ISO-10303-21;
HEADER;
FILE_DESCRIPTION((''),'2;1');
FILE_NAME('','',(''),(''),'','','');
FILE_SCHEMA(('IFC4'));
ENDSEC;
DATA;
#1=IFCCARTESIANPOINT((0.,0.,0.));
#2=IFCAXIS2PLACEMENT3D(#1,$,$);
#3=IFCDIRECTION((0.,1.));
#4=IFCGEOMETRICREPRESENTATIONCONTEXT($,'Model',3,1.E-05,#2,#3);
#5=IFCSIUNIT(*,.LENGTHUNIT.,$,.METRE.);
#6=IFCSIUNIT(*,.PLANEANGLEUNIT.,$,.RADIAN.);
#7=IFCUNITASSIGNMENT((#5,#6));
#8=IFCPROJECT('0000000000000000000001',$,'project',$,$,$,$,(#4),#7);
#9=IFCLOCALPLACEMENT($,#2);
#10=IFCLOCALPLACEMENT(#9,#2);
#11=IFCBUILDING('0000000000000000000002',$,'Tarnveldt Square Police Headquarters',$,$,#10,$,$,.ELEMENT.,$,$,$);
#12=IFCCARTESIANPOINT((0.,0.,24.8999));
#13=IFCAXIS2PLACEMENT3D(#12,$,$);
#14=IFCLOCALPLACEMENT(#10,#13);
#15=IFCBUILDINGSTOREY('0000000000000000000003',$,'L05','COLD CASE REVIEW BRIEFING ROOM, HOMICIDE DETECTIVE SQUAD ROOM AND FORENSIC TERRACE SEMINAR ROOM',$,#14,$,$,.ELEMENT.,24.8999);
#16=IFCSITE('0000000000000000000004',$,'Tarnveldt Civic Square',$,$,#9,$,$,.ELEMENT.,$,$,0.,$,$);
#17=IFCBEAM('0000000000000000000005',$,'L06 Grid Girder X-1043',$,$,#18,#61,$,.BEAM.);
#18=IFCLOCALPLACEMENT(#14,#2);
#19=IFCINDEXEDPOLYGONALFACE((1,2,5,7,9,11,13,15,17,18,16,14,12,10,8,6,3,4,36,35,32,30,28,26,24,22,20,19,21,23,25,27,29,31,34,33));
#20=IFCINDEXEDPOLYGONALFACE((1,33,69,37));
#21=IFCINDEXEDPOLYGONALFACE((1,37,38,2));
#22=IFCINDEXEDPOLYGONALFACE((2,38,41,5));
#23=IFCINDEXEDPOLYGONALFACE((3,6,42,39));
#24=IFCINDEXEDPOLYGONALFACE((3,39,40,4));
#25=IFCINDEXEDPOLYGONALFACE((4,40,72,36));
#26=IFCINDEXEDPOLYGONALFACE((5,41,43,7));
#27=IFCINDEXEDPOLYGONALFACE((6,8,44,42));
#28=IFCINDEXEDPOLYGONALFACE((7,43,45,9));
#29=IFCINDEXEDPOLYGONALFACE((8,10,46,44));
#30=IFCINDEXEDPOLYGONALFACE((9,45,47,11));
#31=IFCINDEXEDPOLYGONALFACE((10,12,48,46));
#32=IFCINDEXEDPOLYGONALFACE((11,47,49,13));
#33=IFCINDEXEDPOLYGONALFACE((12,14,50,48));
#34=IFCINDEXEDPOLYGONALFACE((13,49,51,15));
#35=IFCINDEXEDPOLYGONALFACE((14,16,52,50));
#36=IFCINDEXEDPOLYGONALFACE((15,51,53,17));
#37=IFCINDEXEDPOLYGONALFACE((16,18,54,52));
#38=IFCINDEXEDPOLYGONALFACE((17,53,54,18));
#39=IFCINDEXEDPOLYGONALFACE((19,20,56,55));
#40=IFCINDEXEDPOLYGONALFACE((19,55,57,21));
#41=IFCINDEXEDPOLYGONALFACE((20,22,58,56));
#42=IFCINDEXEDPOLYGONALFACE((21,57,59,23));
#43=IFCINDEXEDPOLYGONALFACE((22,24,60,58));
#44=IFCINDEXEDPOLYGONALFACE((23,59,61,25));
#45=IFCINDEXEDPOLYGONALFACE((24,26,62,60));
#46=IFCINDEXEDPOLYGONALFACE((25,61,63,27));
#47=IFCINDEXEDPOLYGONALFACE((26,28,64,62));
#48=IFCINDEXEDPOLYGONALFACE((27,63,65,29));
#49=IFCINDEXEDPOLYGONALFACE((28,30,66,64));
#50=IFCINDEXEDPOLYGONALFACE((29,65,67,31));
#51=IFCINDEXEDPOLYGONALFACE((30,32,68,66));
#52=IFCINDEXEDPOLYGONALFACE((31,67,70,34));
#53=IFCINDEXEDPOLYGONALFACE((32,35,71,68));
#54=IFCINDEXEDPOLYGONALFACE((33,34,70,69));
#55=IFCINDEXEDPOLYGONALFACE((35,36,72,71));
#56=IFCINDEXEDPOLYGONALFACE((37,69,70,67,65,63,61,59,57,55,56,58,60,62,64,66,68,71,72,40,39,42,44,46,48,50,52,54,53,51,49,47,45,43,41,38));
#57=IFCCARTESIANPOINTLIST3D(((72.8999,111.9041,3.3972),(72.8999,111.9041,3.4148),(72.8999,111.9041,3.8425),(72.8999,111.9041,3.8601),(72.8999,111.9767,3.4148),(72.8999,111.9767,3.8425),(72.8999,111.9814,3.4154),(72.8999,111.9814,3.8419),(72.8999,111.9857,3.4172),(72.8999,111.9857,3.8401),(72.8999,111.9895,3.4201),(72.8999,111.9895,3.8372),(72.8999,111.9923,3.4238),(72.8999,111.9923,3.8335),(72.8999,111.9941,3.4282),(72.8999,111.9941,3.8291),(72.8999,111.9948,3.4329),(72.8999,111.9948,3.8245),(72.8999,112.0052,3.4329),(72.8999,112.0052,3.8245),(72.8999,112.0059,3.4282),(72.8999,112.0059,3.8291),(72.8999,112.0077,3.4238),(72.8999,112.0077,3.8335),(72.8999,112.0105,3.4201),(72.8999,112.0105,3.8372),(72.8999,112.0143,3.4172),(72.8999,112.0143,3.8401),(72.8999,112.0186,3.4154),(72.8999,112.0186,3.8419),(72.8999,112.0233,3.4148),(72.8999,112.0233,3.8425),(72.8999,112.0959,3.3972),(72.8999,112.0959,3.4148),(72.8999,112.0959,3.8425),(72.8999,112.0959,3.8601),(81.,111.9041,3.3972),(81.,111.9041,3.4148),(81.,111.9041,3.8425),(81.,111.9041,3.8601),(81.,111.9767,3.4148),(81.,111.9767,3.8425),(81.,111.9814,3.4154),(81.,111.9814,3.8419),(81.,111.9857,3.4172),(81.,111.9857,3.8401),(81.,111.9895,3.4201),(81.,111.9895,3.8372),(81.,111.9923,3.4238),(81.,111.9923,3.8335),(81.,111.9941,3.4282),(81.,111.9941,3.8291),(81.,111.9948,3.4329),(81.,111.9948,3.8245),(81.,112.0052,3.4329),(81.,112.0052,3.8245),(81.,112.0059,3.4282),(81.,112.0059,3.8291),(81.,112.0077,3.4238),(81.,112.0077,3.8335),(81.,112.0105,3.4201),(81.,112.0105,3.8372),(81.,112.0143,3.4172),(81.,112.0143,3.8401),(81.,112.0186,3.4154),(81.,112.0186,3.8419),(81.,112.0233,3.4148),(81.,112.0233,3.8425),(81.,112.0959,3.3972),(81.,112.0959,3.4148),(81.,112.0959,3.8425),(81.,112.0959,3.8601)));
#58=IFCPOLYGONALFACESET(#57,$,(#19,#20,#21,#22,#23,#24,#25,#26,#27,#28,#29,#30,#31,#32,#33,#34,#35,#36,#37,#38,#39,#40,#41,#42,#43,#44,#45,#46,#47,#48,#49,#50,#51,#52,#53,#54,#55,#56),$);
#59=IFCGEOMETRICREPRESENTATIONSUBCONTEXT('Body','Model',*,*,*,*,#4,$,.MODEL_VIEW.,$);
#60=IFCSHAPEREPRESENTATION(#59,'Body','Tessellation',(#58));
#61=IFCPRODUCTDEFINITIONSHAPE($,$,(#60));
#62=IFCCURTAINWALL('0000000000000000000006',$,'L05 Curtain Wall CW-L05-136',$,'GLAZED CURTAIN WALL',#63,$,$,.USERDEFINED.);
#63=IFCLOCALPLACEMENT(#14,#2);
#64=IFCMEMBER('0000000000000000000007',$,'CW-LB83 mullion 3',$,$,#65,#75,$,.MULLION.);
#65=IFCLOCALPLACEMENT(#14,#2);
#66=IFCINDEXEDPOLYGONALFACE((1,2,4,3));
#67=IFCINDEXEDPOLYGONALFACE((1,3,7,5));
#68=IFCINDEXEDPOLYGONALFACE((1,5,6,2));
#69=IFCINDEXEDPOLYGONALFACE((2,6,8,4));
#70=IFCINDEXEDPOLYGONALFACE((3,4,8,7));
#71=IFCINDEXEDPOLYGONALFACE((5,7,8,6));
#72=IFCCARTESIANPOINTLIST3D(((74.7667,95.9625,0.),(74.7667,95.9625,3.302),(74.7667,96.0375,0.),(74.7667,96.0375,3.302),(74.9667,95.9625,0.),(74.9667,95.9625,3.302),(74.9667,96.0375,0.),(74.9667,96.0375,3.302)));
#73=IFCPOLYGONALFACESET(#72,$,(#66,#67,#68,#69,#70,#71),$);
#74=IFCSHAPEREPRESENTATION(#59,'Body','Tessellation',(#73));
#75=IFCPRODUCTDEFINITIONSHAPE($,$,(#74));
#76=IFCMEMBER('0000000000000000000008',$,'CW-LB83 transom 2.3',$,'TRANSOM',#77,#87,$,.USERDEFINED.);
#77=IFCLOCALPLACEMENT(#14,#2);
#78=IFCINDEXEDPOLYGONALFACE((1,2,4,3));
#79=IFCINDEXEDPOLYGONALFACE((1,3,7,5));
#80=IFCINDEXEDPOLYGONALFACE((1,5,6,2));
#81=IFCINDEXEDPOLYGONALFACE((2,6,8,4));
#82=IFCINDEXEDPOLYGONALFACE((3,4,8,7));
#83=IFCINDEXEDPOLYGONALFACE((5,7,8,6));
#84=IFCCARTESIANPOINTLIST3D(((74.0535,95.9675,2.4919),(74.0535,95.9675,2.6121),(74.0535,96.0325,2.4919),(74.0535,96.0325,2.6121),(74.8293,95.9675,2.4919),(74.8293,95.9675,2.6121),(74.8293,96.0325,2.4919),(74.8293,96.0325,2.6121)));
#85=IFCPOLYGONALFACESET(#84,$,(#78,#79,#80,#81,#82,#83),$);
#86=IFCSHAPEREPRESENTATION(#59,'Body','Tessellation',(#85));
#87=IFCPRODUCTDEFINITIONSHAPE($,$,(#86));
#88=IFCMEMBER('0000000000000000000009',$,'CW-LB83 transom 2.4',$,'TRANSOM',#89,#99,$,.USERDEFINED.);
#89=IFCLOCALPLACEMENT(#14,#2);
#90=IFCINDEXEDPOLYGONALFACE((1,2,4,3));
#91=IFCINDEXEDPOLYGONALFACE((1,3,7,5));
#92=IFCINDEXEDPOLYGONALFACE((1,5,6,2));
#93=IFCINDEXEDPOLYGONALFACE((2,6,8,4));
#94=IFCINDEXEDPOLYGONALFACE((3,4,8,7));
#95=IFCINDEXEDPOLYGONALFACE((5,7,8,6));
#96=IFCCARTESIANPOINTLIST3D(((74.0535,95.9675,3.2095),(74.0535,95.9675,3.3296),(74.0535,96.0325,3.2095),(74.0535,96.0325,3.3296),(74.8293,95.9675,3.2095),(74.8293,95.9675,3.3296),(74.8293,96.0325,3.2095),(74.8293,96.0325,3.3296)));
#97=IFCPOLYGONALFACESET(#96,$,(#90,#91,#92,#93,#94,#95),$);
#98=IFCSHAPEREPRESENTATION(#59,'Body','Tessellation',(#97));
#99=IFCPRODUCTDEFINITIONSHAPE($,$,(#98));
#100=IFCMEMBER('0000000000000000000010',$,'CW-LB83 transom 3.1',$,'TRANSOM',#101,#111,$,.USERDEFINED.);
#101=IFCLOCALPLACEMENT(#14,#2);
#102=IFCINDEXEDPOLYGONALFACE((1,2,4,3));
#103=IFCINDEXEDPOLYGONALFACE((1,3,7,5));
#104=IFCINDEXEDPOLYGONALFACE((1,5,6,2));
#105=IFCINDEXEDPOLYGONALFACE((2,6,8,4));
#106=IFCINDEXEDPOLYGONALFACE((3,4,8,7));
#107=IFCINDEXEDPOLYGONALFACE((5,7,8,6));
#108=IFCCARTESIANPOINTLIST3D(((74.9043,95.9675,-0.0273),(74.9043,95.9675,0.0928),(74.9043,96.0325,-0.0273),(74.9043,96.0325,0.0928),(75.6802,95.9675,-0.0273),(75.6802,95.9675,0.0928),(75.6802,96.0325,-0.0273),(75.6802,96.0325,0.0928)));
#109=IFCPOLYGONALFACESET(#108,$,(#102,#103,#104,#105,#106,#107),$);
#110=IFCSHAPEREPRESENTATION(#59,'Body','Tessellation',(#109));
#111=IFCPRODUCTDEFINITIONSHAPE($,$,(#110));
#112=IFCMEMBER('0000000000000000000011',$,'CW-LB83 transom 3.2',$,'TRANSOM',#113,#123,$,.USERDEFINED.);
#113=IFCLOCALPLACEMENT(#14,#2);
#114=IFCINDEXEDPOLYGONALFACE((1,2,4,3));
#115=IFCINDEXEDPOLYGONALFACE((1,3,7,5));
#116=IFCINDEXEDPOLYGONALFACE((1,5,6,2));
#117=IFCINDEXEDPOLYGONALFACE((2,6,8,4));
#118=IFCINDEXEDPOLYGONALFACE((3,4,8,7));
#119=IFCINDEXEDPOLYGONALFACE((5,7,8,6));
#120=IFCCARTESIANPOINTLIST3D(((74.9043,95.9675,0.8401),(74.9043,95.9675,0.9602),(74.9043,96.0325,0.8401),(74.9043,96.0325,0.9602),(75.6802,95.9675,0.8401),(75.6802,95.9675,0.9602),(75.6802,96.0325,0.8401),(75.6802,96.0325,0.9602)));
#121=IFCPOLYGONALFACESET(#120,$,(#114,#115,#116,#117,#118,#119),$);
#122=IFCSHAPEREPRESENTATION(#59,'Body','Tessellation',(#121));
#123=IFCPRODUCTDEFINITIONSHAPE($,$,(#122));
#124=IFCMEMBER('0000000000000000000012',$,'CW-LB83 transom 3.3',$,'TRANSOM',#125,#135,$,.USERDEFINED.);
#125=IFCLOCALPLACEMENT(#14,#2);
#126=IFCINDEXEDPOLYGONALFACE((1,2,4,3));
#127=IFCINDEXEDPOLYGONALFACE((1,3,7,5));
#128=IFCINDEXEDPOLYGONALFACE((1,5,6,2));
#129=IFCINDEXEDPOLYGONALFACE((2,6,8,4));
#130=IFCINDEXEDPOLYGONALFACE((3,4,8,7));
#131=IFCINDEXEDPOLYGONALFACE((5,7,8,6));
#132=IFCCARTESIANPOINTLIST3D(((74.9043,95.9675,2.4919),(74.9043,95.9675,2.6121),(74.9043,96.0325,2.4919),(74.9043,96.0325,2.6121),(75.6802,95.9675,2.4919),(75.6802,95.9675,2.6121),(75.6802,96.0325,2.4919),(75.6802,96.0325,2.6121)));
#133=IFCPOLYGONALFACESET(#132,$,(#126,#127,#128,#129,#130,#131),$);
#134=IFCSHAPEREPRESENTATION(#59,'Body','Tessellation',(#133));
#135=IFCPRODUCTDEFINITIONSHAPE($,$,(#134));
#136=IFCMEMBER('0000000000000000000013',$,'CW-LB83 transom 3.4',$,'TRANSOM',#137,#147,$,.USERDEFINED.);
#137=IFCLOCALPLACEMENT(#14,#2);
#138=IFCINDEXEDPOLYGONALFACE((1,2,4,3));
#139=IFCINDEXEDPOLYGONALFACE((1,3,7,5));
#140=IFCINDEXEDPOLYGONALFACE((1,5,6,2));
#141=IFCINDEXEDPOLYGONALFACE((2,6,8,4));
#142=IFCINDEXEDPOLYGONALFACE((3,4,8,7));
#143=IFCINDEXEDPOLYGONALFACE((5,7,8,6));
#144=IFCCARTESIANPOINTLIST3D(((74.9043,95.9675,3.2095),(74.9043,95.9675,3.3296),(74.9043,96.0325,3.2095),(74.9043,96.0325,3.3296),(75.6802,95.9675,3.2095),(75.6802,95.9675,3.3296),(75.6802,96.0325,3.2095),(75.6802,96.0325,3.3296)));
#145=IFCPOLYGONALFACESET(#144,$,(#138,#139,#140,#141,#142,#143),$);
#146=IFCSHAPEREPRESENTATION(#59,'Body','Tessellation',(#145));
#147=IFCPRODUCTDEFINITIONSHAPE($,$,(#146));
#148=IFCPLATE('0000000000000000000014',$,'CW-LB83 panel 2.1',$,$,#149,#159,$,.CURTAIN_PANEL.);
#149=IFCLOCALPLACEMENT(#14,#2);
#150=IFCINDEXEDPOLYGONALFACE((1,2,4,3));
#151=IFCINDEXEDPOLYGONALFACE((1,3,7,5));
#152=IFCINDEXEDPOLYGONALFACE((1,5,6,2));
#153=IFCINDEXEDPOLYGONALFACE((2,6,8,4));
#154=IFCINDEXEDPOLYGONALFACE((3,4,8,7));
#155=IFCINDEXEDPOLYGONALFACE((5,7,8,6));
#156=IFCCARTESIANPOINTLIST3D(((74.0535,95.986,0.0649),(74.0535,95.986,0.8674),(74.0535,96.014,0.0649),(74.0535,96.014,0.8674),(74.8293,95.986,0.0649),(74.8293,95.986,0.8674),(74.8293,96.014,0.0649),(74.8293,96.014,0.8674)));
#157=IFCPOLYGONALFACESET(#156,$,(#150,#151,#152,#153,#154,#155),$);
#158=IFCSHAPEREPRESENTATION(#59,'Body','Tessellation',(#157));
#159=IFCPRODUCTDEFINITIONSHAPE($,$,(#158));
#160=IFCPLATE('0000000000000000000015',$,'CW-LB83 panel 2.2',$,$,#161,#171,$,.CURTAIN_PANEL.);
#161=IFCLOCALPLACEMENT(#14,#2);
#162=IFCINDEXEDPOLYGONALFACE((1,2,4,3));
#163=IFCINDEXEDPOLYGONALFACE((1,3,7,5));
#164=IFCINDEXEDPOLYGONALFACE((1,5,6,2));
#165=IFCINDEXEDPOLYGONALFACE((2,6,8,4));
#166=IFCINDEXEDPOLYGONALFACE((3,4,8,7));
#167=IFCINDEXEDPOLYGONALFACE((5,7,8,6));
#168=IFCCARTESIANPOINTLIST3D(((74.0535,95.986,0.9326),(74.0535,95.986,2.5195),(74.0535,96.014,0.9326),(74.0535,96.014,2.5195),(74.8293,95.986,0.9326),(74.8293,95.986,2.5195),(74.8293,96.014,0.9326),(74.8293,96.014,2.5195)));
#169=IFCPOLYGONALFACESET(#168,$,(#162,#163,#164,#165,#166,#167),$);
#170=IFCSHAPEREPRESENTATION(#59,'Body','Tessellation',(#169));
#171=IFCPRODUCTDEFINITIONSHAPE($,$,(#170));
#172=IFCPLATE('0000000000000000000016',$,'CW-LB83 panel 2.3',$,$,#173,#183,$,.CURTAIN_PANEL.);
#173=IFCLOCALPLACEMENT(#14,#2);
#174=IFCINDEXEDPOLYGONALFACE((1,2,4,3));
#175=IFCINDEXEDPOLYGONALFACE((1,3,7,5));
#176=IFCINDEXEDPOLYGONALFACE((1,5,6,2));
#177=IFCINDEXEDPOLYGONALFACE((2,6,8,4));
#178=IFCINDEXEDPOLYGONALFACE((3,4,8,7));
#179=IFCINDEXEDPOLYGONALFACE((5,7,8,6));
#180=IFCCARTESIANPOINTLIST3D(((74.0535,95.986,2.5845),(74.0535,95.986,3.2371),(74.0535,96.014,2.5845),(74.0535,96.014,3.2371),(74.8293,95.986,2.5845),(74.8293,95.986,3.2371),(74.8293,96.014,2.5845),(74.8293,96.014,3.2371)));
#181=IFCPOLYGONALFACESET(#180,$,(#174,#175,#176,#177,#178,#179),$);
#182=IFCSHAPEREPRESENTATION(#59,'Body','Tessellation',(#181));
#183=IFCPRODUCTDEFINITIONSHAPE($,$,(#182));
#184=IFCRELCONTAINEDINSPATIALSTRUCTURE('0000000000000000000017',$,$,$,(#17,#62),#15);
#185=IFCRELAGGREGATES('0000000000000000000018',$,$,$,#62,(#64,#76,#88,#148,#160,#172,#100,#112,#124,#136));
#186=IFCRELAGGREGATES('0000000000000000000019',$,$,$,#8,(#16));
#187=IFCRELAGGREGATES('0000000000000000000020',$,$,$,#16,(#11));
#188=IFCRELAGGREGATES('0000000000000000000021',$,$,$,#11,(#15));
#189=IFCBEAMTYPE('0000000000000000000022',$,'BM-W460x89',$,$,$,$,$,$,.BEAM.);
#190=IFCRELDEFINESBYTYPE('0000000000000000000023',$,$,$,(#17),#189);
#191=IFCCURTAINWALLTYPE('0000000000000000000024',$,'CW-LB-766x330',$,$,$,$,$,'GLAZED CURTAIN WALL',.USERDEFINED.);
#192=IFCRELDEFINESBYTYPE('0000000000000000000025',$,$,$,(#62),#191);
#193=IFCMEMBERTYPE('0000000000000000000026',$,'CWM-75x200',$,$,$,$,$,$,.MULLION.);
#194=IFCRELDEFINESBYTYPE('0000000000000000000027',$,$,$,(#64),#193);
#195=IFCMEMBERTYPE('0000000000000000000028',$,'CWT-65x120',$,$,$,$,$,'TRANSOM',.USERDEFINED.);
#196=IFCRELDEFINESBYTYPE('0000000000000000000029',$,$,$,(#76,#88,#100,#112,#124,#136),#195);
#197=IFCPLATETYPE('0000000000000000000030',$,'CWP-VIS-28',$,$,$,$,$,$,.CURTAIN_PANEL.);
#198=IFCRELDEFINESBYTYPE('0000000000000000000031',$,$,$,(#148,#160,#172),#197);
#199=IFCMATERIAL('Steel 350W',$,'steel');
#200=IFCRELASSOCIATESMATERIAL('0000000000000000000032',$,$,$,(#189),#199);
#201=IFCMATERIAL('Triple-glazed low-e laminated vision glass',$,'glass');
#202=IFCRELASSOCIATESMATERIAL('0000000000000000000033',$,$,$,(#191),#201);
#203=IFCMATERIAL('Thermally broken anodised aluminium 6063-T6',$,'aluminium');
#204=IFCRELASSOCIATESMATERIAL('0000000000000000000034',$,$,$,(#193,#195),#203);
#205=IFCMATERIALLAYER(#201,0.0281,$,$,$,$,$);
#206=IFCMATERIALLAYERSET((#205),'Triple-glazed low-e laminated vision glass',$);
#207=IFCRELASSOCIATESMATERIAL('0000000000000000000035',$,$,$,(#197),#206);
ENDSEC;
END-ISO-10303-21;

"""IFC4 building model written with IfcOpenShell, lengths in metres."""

from ifc_helpers import new_model, si_unit, direction, frame, origin, origin_2d, place, context, subcontext, project, spatial, rectangle, i_section, extrude, material, layer, layer_set, material_profile, profile_set, type_object, element, aggregate, save


model = new_model("IFC4")

# Units and contexts
model_context = context("Model", 3, precision=1e-05, world=origin(), true_north=direction((0.0, 1.0)))
body_context = subcontext(model_context, "Body", "Model", "MODEL_VIEW")
ifc_project = project(units=[si_unit("LENGTHUNIT", "METRE"), si_unit("PLANEANGLEUNIT", "RADIAN")], contexts=[model_context])

# Site, building, storey
site_placement = place(None, origin())
site = spatial("IfcSite", under=ifc_project, at=site_placement, Name="Tarnveldt Civic Square", CompositionType="ELEMENT", RefElevation=0.0)
building_placement = place(site_placement, origin())
building = spatial("IfcBuilding", under=site, at=building_placement, Name="Tarnveldt Square Police Headquarters", CompositionType="ELEMENT")
storey_placement = place(building_placement, frame((0.0, 0.0, 24.8999)))
storey = spatial("IfcBuildingStorey", under=building, at=storey_placement, Name="L05", Description="COLD CASE REVIEW BRIEFING ROOM, HOMICIDE DETECTIVE SQUAD ROOM AND FORENSIC TERRACE SEMINAR ROOM", CompositionType="ELEMENT", Elevation=24.8999)

# Shared definitions
ifc_material_1 = material(Name="Steel 350W", Category="steel")

# Beam
ifc_material_profile_1 = material_profile(ifc_material_1, i_section(OverallWidth=0.1919, OverallDepth=0.4629, WebThickness=0.0105, FlangeThickness=0.0176, FilletRadius=0.0181, at=origin_2d()), Name="W460x89")
ifc_profile_set_1 = profile_set([ifc_material_profile_1], Name="Steel 350W")
beam_type_1 = type_object("IfcBeamType", Name="BM-W460x89", PredefinedType="BEAM", material=ifc_profile_set_1)
beam_1_placement = place(storey_placement, frame((72.8999, 112.0, 3.6287), z_axis=(1.0, 0.0, 0.0), x_axis=(0.0, 1.0, 0.0)))
element("IfcBeam", 1, at=beam_1_placement, inside=storey, type_object=beam_type_1, Name="L06 Grid Girder X-1043", PredefinedType="BEAM", context=body_context, shape_type="SweptSolid", body=[
    extrude(i_section(OverallWidth=0.1919, OverallDepth=0.4629, WebThickness=0.0105, FlangeThickness=0.0176, FilletRadius=0.0181, at=origin_2d()), origin(), (0.0, 0.0, 1.0), 8.1001),
])

# Curtain wall, members, plates
ifc_material_2 = material(Name="Triple-glazed low-e laminated vision glass", Category="glass")
curtain_wall_type = type_object("IfcCurtainWallType", Name="CW-LB-766x330", ElementType="GLAZED CURTAIN WALL", PredefinedType="USERDEFINED", material=ifc_material_2)
curtain_wall_placement = place(storey_placement, origin())
curtain_wall = element("IfcCurtainWall", 2, at=curtain_wall_placement, inside=storey, type_object=curtain_wall_type, Name="L05 Curtain Wall CW-L05-136", ObjectType="GLAZED CURTAIN WALL", PredefinedType="USERDEFINED")
ifc_material_3 = material(Name="Thermally broken anodised aluminium 6063-T6", Category="aluminium")
ifc_material_profile_2 = material_profile(ifc_material_3, rectangle(XDim=0.075, YDim=0.2, at=origin_2d()), Name="CW-M75x200")
ifc_profile_set_2 = profile_set([ifc_material_profile_2], Name="Thermally broken anodised aluminium 6063-T6")
member_type_1 = type_object("IfcMemberType", Name="CWM-75x200", PredefinedType="MULLION", material=ifc_profile_set_2)
member_1_placement = place(storey_placement, frame((74.8667, 96.0, 0.0), z_axis=(0.0, 0.0, 1.0), x_axis=(0.0, 1.0, 0.0)))
member_1 = element("IfcMember", 3, at=member_1_placement, type_object=member_type_1, Name="CW-LB83 mullion 3", PredefinedType="MULLION", context=body_context, shape_type="SweptSolid", body=[
    extrude(rectangle(XDim=0.075, YDim=0.2, at=origin_2d()), origin(), (0.0, 0.0, 1.0), 3.302),
])
ifc_material_profile_3 = material_profile(ifc_material_3, rectangle(XDim=0.0649, YDim=0.1201, at=origin_2d()), Name="CW-T65x120")
ifc_profile_set_3 = profile_set([ifc_material_profile_3], Name="Thermally broken anodised aluminium 6063-T6")
member_type_2 = type_object("IfcMemberType", Name="CWT-65x120", ElementType="TRANSOM", PredefinedType="USERDEFINED", material=ifc_profile_set_3)
member_2_placement = place(storey_placement, frame((74.0535, 96.0, 2.552), z_axis=(1.0, 0.0, 0.0), x_axis=(0.0, 1.0, 0.0)))
member_2 = element("IfcMember", 4, at=member_2_placement, type_object=member_type_2, Name="CW-LB83 transom 2.3", ObjectType="TRANSOM", PredefinedType="USERDEFINED", context=body_context, shape_type="SweptSolid", body=[
    extrude(rectangle(XDim=0.0649, YDim=0.1201, at=origin_2d()), origin(), (0.0, 0.0, 1.0), 0.7759),
])
member_3_placement = place(storey_placement, frame((74.0535, 96.0, 3.2695), z_axis=(1.0, 0.0, 0.0), x_axis=(0.0, 1.0, 0.0)))
member_3 = element("IfcMember", 5, at=member_3_placement, type_object=member_type_2, Name="CW-LB83 transom 2.4", ObjectType="TRANSOM", PredefinedType="USERDEFINED", context=body_context, shape_type="SweptSolid", body=[
    extrude(rectangle(XDim=0.0649, YDim=0.1201, at=origin_2d()), origin(), (0.0, 0.0, 1.0), 0.7759),
])
member_4_placement = place(storey_placement, frame((74.9043, 96.0, 0.0327), z_axis=(1.0, 0.0, 0.0), x_axis=(0.0, 1.0, 0.0)))
member_4 = element("IfcMember", 6, at=member_4_placement, type_object=member_type_2, Name="CW-LB83 transom 3.1", ObjectType="TRANSOM", PredefinedType="USERDEFINED", context=body_context, shape_type="SweptSolid", body=[
    extrude(rectangle(XDim=0.0649, YDim=0.1201, at=origin_2d()), origin(), (0.0, 0.0, 1.0), 0.7759),
])
member_5_placement = place(storey_placement, frame((74.9043, 96.0, 0.9001), z_axis=(1.0, 0.0, 0.0), x_axis=(0.0, 1.0, 0.0)))
member_5 = element("IfcMember", 7, at=member_5_placement, type_object=member_type_2, Name="CW-LB83 transom 3.2", ObjectType="TRANSOM", PredefinedType="USERDEFINED", context=body_context, shape_type="SweptSolid", body=[
    extrude(rectangle(XDim=0.0649, YDim=0.1201, at=origin_2d()), origin(), (0.0, 0.0, 1.0), 0.7759),
])
member_6_placement = place(storey_placement, frame((74.9043, 96.0, 2.552), z_axis=(1.0, 0.0, 0.0), x_axis=(0.0, 1.0, 0.0)))
member_6 = element("IfcMember", 8, at=member_6_placement, type_object=member_type_2, Name="CW-LB83 transom 3.3", ObjectType="TRANSOM", PredefinedType="USERDEFINED", context=body_context, shape_type="SweptSolid", body=[
    extrude(rectangle(XDim=0.0649, YDim=0.1201, at=origin_2d()), origin(), (0.0, 0.0, 1.0), 0.7759),
])
member_7_placement = place(storey_placement, frame((74.9043, 96.0, 3.2695), z_axis=(1.0, 0.0, 0.0), x_axis=(0.0, 1.0, 0.0)))
member_7 = element("IfcMember", 9, at=member_7_placement, type_object=member_type_2, Name="CW-LB83 transom 3.4", ObjectType="TRANSOM", PredefinedType="USERDEFINED", context=body_context, shape_type="SweptSolid", body=[
    extrude(rectangle(XDim=0.0649, YDim=0.1201, at=origin_2d()), origin(), (0.0, 0.0, 1.0), 0.7759),
])
ifc_layer_1 = layer(ifc_material_2, 0.0281)
ifc_layer_set_1 = layer_set([ifc_layer_1], Name="Triple-glazed low-e laminated vision glass")
plate_type = type_object("IfcPlateType", Name="CWP-VIS-28", PredefinedType="CURTAIN_PANEL", material=ifc_layer_set_1)
plate_1_placement = place(storey_placement, frame((74.4414, 96.0, 0.0649), z_axis=(0.0, 0.0, 1.0), x_axis=(1.0, 0.0, 0.0)))
plate_1 = element("IfcPlate", 10, at=plate_1_placement, type_object=plate_type, Name="CW-LB83 panel 2.1", PredefinedType="CURTAIN_PANEL", context=body_context, shape_type="SweptSolid", body=[
    extrude(rectangle(XDim=0.7759, YDim=0.0281, at=origin_2d()), origin(), (0.0, 0.0, 1.0), 0.8025),
])
plate_2_placement = place(storey_placement, frame((74.4414, 96.0, 0.9326), z_axis=(0.0, 0.0, 1.0), x_axis=(1.0, 0.0, 0.0)))
plate_2 = element("IfcPlate", 11, at=plate_2_placement, type_object=plate_type, Name="CW-LB83 panel 2.2", PredefinedType="CURTAIN_PANEL", context=body_context, shape_type="SweptSolid", body=[
    extrude(rectangle(XDim=0.7759, YDim=0.0281, at=origin_2d()), origin(), (0.0, 0.0, 1.0), 1.5869),
])
plate_3_placement = place(storey_placement, frame((74.4414, 96.0, 2.5845), z_axis=(0.0, 0.0, 1.0), x_axis=(1.0, 0.0, 0.0)))
plate_3 = element("IfcPlate", 12, at=plate_3_placement, type_object=plate_type, Name="CW-LB83 panel 2.3", PredefinedType="CURTAIN_PANEL", context=body_context, shape_type="SweptSolid", body=[
    extrude(rectangle(XDim=0.7759, YDim=0.0281, at=origin_2d()), origin(), (0.0, 0.0, 1.0), 0.6526),
])
aggregate(curtain_wall, [member_1, member_2, member_3, plate_1, plate_2, plate_3, member_4, member_5, member_6, member_7])

save(model, "model.ifc")
